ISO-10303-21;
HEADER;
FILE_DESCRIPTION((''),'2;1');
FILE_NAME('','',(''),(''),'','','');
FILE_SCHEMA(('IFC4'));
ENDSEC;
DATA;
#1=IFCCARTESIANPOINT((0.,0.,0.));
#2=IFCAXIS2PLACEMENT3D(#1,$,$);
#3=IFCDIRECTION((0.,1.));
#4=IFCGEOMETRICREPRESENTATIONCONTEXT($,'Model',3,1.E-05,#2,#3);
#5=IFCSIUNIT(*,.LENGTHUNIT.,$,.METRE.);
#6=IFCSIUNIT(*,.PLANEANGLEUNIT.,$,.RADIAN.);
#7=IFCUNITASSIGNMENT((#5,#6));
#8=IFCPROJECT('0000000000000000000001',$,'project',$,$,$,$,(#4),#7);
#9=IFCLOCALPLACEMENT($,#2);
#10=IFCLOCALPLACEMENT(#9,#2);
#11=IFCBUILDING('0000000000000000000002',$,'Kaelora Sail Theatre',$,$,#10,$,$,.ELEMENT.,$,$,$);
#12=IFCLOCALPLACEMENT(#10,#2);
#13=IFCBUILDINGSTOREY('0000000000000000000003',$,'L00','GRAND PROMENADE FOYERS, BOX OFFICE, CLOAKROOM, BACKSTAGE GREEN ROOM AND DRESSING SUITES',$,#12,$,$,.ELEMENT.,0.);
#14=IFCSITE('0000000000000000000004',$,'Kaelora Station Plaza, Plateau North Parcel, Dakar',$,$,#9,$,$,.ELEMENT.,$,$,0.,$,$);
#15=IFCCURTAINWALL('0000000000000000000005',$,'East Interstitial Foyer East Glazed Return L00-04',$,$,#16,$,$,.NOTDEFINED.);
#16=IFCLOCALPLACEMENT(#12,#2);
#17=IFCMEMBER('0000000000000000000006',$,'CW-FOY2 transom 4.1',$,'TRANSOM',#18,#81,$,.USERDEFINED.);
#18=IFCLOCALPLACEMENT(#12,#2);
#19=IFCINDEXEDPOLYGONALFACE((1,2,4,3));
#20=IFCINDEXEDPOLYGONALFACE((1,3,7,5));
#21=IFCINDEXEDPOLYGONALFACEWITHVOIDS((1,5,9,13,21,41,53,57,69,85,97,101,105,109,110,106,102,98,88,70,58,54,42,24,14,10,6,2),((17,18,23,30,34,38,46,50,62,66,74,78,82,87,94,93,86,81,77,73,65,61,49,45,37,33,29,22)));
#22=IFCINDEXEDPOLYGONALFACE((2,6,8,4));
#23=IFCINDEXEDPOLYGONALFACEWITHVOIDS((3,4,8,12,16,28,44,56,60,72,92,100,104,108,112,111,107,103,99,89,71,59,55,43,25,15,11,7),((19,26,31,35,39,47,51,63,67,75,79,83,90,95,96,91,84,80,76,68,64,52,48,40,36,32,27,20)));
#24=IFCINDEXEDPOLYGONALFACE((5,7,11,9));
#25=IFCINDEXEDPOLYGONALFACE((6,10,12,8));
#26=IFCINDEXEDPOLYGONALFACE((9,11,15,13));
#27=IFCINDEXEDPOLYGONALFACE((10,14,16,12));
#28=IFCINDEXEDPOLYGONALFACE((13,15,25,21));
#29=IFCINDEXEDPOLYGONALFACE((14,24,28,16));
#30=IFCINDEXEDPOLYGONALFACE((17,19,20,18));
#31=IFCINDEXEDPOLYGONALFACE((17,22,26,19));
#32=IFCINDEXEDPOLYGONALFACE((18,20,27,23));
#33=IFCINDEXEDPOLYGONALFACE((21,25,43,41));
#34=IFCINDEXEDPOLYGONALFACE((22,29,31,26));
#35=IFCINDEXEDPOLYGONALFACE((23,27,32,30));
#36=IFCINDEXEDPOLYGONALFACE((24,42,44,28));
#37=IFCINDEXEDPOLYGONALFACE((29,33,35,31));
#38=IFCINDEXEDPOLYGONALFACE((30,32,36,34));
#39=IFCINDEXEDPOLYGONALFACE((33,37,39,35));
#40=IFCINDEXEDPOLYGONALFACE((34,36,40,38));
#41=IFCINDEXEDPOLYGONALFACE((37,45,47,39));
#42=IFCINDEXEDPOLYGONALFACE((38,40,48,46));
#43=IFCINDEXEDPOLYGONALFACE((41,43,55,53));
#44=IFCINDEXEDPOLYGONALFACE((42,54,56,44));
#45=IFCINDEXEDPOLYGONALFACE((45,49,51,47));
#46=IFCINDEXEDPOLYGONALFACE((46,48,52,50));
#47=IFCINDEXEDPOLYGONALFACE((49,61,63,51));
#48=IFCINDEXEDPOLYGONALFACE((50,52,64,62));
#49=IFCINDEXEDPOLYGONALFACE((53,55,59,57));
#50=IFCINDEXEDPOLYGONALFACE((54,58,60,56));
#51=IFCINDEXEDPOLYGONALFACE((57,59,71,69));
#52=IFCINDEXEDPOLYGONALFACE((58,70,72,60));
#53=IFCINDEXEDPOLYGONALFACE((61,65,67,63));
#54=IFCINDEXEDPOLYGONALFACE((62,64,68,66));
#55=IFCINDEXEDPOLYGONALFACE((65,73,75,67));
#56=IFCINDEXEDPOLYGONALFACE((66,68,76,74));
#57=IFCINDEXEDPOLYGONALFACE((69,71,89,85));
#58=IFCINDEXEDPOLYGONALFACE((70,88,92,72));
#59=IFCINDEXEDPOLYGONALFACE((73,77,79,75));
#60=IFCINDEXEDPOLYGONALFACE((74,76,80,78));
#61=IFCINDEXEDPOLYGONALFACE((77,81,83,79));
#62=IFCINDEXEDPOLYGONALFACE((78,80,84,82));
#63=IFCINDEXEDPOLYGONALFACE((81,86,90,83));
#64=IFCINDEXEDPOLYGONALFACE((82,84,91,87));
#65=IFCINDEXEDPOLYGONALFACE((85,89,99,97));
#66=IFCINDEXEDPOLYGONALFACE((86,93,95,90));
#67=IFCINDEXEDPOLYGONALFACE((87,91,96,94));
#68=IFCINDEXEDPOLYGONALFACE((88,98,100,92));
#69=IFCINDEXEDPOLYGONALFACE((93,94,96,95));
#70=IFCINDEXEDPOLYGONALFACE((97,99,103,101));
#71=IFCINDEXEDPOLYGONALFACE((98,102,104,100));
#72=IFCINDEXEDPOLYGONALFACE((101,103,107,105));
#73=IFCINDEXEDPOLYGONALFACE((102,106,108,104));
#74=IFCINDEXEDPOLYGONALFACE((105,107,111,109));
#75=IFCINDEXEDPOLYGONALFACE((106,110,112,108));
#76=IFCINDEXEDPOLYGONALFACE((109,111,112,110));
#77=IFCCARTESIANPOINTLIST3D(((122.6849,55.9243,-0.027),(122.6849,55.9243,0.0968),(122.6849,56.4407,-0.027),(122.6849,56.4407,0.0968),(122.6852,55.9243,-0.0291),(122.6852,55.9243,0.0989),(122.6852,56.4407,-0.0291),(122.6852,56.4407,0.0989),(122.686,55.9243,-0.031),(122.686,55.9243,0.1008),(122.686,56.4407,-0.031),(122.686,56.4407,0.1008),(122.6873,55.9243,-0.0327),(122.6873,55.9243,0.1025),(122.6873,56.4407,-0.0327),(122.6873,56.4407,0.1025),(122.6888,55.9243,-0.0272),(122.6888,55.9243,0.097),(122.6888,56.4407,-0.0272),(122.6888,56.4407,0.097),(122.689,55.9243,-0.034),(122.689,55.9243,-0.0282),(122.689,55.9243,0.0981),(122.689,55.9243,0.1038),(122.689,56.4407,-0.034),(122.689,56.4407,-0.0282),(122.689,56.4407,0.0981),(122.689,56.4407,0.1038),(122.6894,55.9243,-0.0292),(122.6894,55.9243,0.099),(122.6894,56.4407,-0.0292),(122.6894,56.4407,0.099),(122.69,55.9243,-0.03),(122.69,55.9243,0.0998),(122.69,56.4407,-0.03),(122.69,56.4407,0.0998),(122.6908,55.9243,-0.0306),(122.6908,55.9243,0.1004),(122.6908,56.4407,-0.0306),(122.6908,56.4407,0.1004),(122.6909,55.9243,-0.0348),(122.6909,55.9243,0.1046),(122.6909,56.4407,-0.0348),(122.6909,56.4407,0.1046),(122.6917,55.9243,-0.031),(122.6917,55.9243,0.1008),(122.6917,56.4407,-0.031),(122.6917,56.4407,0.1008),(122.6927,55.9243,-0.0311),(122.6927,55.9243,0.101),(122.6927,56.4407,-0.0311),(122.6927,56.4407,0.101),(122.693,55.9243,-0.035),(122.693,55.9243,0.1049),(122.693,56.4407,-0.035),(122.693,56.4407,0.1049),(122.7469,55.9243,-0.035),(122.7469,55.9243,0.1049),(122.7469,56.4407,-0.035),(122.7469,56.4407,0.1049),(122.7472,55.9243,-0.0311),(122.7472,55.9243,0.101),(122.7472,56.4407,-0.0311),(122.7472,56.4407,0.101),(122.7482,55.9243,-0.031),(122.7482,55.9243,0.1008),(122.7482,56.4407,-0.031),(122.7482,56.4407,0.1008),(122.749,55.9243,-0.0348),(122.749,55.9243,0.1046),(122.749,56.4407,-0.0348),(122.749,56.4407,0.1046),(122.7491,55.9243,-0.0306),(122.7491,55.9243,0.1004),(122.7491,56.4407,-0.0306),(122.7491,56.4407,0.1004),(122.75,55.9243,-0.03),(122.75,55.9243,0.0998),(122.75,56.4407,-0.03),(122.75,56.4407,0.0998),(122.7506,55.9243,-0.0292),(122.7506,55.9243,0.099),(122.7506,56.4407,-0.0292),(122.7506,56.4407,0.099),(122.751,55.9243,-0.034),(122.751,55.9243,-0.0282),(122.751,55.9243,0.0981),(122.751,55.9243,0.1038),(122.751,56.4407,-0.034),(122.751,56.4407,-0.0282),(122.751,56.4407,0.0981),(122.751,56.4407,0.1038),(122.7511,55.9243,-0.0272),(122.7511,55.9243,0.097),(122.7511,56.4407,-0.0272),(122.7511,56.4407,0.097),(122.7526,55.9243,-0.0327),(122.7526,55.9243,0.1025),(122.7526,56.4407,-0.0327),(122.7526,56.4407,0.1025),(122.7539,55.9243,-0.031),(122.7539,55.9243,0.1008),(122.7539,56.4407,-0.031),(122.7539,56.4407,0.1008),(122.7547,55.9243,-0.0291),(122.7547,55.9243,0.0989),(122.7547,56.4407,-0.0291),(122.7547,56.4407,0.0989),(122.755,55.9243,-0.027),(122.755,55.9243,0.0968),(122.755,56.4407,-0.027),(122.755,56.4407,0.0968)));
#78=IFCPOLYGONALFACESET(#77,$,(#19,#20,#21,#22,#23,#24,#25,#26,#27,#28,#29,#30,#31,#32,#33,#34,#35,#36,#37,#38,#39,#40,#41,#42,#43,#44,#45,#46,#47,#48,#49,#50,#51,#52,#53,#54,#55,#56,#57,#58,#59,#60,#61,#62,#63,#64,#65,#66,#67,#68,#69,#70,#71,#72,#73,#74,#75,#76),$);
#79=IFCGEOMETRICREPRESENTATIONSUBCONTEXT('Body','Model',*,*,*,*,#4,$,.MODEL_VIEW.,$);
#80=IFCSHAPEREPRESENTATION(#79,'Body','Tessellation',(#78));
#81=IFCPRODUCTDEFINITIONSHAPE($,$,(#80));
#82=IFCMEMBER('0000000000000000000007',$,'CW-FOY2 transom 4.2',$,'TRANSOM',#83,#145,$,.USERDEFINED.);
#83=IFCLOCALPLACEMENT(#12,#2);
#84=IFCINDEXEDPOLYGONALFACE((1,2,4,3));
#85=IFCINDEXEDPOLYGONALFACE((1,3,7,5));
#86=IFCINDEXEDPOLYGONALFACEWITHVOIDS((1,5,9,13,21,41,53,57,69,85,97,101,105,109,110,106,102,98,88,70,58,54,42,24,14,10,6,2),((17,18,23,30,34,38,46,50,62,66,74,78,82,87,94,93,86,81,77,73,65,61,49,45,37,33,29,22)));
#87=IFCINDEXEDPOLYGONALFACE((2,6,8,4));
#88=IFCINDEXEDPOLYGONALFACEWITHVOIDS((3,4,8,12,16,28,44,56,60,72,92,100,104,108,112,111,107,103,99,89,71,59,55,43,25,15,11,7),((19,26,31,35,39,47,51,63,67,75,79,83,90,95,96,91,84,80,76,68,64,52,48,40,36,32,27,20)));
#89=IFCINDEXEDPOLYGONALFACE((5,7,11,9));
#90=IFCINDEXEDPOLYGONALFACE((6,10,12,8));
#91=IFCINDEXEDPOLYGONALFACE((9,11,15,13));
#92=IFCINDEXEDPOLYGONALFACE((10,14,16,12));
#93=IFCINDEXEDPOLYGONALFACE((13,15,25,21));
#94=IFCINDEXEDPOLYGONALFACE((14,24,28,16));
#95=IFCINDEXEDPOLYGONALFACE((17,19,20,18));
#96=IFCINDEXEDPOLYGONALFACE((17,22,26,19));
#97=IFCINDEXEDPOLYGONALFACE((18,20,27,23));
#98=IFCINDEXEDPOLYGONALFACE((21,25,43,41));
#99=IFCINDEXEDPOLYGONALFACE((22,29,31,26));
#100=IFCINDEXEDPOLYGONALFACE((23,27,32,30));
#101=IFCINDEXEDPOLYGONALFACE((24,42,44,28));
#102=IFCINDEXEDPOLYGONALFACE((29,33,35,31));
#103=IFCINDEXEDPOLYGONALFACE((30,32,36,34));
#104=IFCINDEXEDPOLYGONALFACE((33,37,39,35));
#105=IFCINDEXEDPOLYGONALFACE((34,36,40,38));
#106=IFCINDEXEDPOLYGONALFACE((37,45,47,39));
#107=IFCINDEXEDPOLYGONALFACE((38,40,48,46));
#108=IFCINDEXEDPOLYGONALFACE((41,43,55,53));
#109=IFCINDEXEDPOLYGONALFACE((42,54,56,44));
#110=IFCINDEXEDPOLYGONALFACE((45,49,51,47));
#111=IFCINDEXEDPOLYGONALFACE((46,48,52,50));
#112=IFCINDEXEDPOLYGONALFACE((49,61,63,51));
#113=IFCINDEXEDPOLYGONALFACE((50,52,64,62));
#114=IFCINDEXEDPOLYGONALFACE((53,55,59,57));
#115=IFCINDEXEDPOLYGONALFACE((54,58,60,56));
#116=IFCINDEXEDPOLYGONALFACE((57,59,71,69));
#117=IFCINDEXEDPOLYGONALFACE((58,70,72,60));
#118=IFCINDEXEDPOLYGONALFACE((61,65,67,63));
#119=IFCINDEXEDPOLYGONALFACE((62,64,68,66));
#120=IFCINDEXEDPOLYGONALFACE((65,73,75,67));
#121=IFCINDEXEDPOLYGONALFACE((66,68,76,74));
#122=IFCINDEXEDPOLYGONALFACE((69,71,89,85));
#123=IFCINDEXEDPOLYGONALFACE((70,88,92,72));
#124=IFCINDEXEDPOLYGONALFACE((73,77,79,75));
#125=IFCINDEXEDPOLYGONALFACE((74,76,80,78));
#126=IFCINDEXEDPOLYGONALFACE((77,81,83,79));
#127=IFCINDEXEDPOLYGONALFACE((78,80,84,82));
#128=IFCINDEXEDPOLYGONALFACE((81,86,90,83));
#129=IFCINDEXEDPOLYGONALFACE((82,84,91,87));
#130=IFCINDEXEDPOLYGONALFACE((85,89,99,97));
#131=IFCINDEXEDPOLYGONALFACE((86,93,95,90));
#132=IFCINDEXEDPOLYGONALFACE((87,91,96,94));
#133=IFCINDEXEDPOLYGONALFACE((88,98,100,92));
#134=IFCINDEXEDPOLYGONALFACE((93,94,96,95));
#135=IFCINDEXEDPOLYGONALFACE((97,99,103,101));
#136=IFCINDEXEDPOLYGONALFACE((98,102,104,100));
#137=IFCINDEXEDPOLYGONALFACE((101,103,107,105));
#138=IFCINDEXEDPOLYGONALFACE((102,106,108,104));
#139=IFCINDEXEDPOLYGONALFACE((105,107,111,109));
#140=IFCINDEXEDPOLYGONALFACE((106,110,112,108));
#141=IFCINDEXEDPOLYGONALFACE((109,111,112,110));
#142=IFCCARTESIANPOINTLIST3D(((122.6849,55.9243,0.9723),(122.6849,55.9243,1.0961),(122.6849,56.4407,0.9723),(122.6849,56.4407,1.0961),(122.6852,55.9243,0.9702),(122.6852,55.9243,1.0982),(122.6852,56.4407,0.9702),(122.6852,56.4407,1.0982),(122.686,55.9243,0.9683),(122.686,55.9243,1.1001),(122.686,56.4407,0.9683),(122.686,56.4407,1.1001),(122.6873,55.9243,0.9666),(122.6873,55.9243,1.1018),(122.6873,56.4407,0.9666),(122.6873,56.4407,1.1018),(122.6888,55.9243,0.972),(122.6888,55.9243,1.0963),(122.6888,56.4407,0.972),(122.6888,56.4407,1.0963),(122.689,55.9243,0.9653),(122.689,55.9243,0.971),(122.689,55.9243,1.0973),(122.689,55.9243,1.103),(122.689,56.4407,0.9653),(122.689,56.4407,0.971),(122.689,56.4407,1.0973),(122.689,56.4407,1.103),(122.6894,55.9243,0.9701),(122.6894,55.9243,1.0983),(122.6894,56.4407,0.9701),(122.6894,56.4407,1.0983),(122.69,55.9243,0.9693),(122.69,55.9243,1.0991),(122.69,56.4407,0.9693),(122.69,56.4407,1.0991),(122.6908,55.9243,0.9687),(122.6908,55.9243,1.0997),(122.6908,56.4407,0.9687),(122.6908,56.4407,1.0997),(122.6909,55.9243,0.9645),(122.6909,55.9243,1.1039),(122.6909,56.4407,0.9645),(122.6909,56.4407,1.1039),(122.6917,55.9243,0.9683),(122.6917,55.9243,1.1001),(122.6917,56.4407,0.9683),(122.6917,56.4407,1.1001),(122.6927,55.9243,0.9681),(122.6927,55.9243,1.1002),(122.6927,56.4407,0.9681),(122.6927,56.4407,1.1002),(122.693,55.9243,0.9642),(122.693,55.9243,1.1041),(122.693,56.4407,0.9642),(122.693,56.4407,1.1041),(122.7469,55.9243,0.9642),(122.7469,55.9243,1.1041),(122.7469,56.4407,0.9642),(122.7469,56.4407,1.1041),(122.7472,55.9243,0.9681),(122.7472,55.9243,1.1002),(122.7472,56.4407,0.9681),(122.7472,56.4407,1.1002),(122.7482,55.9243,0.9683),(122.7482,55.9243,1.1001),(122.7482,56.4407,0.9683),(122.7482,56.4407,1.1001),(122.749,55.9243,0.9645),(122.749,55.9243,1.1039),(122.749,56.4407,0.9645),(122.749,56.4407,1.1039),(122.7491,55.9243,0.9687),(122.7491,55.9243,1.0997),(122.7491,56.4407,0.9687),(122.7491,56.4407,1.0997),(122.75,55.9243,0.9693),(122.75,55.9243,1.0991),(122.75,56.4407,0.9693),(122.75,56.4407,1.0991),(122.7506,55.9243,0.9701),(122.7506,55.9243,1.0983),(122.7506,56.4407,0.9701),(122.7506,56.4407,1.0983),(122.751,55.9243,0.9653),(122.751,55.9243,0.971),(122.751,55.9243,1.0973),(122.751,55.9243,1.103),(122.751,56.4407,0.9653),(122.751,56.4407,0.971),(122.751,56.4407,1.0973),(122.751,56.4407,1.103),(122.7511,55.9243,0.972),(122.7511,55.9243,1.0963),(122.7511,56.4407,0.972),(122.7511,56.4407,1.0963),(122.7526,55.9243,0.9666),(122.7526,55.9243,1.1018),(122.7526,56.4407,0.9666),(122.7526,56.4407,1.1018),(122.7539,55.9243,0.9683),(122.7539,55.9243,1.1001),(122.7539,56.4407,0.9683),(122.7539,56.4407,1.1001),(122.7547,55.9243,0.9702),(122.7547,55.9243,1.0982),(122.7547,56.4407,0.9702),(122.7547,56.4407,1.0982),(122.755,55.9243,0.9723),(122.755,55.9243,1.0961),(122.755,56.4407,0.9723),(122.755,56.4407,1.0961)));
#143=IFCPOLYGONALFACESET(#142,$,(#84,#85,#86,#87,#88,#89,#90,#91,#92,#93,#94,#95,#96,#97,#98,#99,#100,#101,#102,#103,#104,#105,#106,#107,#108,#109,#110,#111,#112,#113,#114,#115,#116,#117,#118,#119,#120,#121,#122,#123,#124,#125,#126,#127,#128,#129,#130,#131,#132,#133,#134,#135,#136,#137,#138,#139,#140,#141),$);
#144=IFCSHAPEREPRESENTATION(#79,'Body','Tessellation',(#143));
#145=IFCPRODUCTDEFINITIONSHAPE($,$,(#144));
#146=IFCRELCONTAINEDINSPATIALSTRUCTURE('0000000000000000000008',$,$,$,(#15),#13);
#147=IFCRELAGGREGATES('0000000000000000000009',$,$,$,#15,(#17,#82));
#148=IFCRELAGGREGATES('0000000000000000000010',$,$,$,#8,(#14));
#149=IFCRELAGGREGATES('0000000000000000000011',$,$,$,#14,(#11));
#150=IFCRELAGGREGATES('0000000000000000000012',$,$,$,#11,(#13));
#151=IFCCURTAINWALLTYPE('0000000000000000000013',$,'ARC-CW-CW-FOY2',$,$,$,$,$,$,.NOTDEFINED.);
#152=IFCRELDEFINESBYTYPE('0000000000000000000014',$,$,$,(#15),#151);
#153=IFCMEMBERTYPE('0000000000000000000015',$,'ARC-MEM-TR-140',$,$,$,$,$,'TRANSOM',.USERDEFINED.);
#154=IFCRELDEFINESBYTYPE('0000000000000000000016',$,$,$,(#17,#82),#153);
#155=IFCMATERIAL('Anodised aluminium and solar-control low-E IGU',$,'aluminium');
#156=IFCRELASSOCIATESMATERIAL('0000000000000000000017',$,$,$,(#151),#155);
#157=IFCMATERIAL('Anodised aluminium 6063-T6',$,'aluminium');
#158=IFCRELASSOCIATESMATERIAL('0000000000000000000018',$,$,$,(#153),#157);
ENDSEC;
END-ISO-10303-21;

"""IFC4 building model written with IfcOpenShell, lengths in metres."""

from ifc_helpers import new_model, si_unit, direction, frame, origin, origin_2d, place, context, subcontext, project, spatial, hollow_rectangle, extrude, material, material_profile, profile_set, type_object, element, aggregate, save


model = new_model("IFC4")

# Units and contexts
model_context = context("Model", 3, precision=1e-05, world=origin(), true_north=direction((0.0, 1.0)))
body_context = subcontext(model_context, "Body", "Model", "MODEL_VIEW")
ifc_project = project(units=[si_unit("LENGTHUNIT", "METRE"), si_unit("PLANEANGLEUNIT", "RADIAN")], contexts=[model_context])

# Site, building, storey
site_placement = place(None, origin())
site = spatial("IfcSite", under=ifc_project, at=site_placement, Name="Kaelora Station Plaza, Plateau North Parcel, Dakar", CompositionType="ELEMENT", RefElevation=0.0)
building_placement = place(site_placement, origin())
building = spatial("IfcBuilding", under=site, at=building_placement, Name="Kaelora Sail Theatre", CompositionType="ELEMENT")
storey_placement = place(building_placement, origin())
storey = spatial("IfcBuildingStorey", under=building, at=storey_placement, Name="L00", Description="GRAND PROMENADE FOYERS, BOX OFFICE, CLOAKROOM, BACKSTAGE GREEN ROOM AND DRESSING SUITES", CompositionType="ELEMENT", Elevation=0.0)

# Curtain wall, members
ifc_material_1 = material(Name="Anodised aluminium and solar-control low-E IGU", Category="aluminium")
curtain_wall_type = type_object("IfcCurtainWallType", Name="ARC-CW-CW-FOY2", PredefinedType="NOTDEFINED", material=ifc_material_1)
curtain_wall_placement = place(storey_placement, origin())
curtain_wall = element("IfcCurtainWall", 1, at=curtain_wall_placement, inside=storey, type_object=curtain_wall_type, Name="East Interstitial Foyer East Glazed Return L00-04", PredefinedType="NOTDEFINED")
ifc_material_2 = material(Name="Anodised aluminium 6063-T6", Category="aluminium")
ifc_material_profile_1 = material_profile(ifc_material_2, hollow_rectangle(XDim=0.0701, YDim=0.1399, WallThickness=0.0039, InnerFilletRadius=0.0039, OuterFilletRadius=0.0081, at=origin_2d()), Name="ALU-TRAN 70x140x4")
ifc_profile_set_1 = profile_set([ifc_material_profile_1], Name="Anodised aluminium 6063-T6")
member_type_1 = type_object("IfcMemberType", Name="ARC-MEM-TR-140", ElementType="TRANSOM", PredefinedType="USERDEFINED", material=ifc_profile_set_1)
member_1_placement = place(storey_placement, frame((122.72, 55.9243, 0.0349), z_axis=(0.0, 1.0, 0.0), x_axis=(-1.0, 0.0, 0.0)))
member_1 = element("IfcMember", 2, at=member_1_placement, type_object=member_type_1, Name="CW-FOY2 transom 4.1", ObjectType="TRANSOM", PredefinedType="USERDEFINED", context=body_context, shape_type="SweptSolid", body=[
    extrude(hollow_rectangle(XDim=0.0701, YDim=0.1399, WallThickness=0.0039, InnerFilletRadius=0.0039, OuterFilletRadius=0.0081, at=origin_2d()), origin(), (0.0, 0.0, 1.0), 0.5164),
])
member_2_placement = place(storey_placement, frame((122.72, 55.9243, 1.0342), z_axis=(0.0, 1.0, 0.0), x_axis=(-1.0, 0.0, 0.0)))
member_2 = element("IfcMember", 3, at=member_2_placement, type_object=member_type_1, Name="CW-FOY2 transom 4.2", ObjectType="TRANSOM", PredefinedType="USERDEFINED", context=body_context, shape_type="SweptSolid", body=[
    extrude(hollow_rectangle(XDim=0.0701, YDim=0.1399, WallThickness=0.0039, InnerFilletRadius=0.0039, OuterFilletRadius=0.0081, at=origin_2d()), origin(), (0.0, 0.0, 1.0), 0.5164),
])
aggregate(curtain_wall, [member_1, member_2])

save(model, "model.ifc")
